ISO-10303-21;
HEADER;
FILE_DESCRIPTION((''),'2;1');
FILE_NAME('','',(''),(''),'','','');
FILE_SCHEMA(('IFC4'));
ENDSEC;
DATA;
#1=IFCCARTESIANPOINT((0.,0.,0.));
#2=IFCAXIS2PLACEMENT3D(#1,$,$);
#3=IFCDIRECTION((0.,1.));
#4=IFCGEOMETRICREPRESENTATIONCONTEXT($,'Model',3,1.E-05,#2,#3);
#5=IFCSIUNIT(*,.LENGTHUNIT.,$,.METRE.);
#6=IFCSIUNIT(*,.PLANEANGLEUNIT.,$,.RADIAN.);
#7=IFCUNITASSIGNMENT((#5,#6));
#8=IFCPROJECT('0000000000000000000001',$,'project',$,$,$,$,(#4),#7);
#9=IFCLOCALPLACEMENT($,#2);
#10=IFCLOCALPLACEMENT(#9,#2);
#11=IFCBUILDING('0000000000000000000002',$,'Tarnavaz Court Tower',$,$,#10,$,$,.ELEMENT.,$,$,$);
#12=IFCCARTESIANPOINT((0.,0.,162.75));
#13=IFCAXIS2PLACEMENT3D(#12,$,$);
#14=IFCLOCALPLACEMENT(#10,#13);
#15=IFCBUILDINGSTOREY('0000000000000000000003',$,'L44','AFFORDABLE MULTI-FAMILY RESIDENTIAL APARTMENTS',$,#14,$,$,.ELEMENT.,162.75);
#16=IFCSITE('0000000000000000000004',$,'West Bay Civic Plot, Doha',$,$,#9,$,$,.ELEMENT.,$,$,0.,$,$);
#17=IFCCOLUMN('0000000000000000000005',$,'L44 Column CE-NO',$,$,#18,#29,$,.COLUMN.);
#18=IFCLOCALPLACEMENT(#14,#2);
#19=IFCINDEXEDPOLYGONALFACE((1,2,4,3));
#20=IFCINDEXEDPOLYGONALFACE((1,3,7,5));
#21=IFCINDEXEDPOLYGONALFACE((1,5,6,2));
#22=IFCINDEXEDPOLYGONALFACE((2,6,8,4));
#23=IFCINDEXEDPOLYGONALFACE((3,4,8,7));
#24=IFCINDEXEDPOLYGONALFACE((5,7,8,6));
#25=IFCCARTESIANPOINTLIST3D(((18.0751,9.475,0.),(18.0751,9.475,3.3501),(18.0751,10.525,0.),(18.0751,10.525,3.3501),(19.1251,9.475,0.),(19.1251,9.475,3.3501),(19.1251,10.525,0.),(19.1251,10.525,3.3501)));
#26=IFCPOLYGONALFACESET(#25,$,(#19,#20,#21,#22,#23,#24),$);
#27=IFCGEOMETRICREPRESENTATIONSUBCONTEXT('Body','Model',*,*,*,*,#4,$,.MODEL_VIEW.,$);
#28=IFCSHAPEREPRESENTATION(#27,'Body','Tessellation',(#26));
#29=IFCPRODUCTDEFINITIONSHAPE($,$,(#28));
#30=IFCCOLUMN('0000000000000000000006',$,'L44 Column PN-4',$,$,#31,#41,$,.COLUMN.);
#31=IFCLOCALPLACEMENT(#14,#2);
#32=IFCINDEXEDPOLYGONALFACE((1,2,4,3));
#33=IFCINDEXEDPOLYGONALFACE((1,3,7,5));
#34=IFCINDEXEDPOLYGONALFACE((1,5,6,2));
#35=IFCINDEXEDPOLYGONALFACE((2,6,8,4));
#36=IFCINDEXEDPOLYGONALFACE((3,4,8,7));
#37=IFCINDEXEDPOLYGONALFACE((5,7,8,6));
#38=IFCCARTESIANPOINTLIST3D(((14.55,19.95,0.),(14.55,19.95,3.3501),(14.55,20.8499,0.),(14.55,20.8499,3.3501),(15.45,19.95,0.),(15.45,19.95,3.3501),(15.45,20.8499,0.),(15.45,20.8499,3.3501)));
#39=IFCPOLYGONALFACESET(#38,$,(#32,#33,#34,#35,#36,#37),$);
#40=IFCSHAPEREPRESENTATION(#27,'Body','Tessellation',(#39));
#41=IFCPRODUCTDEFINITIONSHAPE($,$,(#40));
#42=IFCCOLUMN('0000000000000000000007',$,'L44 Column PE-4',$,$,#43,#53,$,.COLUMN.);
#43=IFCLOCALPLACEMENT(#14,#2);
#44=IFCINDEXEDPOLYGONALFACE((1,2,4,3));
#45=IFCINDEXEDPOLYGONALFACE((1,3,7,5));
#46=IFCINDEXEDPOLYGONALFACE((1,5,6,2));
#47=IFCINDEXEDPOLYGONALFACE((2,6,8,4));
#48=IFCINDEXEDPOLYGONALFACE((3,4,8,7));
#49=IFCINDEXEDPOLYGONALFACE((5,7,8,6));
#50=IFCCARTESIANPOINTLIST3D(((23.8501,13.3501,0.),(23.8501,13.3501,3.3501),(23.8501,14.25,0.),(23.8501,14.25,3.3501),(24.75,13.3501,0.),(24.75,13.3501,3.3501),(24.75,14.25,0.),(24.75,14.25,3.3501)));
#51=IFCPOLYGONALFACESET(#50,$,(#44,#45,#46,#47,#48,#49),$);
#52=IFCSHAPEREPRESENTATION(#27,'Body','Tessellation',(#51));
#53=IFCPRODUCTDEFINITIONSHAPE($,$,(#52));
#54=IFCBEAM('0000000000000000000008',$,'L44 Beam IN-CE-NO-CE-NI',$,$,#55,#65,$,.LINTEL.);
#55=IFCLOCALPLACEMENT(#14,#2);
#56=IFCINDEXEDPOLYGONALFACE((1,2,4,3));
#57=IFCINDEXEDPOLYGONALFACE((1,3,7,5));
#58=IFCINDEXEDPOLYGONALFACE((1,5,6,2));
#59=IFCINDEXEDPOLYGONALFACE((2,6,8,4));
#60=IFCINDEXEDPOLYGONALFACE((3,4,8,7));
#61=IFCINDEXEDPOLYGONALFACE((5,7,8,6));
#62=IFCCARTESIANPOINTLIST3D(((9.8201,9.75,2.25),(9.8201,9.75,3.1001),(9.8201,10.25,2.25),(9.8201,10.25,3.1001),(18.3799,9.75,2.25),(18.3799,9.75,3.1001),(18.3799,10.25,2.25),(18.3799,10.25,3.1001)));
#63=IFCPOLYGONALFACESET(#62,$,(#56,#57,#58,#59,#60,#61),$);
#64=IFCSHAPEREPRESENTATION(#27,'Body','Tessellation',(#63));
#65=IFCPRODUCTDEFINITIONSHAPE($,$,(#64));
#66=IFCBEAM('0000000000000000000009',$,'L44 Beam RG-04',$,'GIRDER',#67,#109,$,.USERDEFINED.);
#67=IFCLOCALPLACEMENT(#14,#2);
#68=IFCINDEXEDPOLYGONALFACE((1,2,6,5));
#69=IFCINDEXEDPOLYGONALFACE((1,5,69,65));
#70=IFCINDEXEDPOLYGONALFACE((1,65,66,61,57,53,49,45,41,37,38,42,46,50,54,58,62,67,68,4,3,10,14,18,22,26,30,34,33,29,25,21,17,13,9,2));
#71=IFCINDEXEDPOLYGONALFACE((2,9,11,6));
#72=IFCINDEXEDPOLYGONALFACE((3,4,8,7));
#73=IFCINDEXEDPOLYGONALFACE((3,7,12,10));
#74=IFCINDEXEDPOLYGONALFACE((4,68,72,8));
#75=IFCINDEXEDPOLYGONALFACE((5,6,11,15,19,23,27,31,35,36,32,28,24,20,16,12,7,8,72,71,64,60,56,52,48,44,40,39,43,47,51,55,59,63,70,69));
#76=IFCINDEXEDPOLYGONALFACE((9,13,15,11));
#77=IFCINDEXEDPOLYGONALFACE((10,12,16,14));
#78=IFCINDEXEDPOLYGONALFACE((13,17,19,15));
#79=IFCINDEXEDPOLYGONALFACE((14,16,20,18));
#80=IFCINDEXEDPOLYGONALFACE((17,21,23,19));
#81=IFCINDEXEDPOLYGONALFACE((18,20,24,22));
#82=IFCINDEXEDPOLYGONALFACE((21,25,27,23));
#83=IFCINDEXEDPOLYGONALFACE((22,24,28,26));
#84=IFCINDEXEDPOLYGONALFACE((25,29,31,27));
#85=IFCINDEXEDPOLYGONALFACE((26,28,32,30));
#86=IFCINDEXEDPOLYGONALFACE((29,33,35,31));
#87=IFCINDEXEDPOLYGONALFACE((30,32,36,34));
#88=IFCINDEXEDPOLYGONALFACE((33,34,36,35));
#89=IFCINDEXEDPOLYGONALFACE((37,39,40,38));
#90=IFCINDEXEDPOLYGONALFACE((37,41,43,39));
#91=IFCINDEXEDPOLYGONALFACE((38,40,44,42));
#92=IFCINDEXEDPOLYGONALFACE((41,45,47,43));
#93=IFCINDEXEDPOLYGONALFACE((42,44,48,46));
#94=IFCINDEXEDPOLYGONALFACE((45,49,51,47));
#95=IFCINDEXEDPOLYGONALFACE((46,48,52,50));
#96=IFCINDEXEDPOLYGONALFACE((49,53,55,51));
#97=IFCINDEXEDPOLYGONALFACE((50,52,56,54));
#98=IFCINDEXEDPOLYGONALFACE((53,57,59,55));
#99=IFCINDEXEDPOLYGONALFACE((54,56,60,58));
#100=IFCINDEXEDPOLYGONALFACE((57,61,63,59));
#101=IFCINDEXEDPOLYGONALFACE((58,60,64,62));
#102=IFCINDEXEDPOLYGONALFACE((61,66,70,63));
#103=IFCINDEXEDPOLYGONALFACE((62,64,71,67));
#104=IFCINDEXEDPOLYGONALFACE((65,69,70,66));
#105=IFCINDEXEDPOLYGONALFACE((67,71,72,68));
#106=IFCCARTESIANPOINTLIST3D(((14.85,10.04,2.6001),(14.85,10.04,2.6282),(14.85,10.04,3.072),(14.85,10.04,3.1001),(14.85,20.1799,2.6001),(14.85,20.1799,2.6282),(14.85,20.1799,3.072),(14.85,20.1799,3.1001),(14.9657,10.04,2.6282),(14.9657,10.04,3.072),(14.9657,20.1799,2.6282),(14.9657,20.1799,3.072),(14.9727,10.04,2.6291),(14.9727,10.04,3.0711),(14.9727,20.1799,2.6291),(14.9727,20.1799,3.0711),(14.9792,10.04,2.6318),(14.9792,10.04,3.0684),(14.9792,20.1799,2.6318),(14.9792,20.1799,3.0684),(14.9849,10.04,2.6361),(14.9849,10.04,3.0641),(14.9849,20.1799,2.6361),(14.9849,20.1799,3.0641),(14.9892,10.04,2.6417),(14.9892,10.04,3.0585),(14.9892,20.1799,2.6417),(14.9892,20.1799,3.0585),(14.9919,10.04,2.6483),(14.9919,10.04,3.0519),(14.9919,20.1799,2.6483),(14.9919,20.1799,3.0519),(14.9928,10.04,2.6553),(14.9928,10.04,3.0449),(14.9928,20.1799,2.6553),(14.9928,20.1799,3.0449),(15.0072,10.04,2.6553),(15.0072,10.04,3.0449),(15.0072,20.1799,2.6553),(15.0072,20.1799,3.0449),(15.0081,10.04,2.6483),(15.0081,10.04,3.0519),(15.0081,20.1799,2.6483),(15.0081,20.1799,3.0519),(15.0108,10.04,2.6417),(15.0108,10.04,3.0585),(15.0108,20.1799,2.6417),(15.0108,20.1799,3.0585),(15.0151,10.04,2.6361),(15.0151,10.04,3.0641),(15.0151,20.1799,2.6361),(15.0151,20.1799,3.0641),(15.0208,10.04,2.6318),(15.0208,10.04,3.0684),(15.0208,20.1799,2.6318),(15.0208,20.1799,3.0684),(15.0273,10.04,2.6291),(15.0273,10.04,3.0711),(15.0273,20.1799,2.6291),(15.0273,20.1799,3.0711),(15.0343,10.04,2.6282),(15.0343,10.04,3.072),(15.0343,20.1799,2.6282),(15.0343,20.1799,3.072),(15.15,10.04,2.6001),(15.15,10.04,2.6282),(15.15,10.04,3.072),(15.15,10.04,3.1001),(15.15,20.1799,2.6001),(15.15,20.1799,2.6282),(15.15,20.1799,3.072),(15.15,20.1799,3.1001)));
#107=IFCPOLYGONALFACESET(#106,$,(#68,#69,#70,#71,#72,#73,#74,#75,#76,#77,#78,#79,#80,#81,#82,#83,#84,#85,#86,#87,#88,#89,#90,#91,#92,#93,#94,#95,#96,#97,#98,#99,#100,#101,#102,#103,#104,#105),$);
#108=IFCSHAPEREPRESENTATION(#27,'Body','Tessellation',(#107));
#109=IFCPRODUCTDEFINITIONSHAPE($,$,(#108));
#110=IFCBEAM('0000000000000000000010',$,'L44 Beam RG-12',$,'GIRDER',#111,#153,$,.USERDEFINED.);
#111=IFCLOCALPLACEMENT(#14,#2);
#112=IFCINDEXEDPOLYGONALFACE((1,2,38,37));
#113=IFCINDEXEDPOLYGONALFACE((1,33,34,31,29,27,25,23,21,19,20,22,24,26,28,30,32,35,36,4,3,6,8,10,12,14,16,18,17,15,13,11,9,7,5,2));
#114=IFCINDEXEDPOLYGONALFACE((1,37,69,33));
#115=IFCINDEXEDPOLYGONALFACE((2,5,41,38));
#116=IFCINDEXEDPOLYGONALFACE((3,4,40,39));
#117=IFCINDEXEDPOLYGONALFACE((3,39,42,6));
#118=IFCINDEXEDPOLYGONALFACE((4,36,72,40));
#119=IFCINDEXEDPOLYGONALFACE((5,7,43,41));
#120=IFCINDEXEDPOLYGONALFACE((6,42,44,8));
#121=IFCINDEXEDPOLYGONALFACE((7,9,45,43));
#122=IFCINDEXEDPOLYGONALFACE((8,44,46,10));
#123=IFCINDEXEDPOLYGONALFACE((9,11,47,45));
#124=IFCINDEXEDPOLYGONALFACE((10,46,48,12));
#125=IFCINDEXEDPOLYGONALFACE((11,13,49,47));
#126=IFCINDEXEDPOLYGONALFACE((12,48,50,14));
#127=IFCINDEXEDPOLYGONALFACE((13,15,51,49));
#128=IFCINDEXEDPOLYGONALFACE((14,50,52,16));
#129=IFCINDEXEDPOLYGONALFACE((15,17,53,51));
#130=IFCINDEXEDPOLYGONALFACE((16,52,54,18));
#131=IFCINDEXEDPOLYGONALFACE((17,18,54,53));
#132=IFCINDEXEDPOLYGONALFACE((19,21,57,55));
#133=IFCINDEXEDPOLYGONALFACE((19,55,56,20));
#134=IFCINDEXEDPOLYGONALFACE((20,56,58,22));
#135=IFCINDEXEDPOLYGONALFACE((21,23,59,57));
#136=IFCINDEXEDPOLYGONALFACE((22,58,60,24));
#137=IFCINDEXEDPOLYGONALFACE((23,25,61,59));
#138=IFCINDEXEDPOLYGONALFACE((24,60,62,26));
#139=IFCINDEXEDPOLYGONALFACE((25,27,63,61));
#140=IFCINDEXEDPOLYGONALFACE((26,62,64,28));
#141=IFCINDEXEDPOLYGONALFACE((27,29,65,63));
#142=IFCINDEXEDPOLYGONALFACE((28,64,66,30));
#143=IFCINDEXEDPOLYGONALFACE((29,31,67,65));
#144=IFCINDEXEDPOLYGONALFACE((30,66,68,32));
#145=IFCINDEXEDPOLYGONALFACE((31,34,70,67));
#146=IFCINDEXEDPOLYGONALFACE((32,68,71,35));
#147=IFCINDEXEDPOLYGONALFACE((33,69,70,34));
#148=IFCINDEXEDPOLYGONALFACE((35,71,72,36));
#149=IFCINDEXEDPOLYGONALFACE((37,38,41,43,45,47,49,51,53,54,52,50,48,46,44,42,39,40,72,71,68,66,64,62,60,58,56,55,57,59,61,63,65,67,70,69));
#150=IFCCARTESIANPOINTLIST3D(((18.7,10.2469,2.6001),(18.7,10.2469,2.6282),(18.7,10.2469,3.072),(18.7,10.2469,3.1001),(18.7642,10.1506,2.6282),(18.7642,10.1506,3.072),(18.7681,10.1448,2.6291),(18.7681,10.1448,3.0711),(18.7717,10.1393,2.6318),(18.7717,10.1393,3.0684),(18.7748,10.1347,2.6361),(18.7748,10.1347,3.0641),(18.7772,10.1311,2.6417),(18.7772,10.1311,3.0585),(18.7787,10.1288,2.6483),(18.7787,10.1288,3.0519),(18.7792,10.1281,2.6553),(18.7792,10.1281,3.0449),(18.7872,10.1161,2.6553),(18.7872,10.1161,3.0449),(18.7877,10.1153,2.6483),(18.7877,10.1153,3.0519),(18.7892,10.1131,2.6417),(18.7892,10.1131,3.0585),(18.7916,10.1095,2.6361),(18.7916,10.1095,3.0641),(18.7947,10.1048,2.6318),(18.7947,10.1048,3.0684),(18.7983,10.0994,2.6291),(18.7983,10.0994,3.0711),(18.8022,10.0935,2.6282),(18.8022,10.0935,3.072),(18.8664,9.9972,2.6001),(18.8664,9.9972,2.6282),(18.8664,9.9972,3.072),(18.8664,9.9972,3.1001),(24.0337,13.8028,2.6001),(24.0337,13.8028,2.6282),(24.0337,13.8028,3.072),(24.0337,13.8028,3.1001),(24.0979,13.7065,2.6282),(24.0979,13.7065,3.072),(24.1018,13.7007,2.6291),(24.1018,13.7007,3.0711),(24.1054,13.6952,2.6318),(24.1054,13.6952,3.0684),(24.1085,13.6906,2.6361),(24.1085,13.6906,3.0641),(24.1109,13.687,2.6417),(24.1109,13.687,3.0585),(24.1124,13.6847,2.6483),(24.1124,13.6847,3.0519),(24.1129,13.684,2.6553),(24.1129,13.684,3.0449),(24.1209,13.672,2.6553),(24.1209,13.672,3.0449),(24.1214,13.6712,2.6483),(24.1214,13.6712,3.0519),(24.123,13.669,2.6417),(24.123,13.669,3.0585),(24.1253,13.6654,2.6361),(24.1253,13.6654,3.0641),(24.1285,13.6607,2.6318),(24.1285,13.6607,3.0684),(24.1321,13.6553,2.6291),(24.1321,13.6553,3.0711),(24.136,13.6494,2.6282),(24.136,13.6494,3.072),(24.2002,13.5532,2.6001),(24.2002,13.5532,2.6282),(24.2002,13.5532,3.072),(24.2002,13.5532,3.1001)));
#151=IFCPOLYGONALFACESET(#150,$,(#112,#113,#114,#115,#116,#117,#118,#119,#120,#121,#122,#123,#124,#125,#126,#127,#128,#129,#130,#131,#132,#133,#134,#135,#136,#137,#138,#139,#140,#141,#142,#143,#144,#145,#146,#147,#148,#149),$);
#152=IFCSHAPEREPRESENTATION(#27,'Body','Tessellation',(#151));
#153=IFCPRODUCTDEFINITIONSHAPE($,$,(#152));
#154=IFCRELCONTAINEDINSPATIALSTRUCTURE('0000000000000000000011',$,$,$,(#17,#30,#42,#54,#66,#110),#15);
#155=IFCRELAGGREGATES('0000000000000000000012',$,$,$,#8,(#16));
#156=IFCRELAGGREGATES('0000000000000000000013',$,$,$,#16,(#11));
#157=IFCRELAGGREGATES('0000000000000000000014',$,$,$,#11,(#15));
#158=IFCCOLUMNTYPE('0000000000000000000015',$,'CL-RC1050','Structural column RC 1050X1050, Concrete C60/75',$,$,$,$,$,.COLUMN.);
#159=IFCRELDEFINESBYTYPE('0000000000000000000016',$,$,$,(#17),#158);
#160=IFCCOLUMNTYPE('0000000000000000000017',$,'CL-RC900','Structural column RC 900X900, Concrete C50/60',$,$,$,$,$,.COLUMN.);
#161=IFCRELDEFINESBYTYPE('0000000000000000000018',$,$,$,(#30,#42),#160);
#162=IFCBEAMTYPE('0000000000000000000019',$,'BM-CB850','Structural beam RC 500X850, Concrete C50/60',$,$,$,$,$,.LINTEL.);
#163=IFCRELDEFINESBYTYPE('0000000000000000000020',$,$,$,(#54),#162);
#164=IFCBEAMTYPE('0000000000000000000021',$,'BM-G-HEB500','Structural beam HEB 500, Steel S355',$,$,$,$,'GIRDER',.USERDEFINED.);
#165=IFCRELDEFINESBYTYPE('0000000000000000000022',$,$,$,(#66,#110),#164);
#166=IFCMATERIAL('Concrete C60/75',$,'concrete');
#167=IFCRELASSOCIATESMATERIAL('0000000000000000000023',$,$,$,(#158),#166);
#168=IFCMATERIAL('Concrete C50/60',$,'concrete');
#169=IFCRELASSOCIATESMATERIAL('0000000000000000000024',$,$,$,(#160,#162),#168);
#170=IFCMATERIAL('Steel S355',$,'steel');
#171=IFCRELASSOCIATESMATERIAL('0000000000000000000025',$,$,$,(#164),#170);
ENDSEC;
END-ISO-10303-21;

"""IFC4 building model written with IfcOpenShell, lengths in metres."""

from ifc_helpers import new_model, si_unit, direction, frame, origin, origin_2d, place, context, subcontext, project, spatial, rectangle, i_section, extrude, material, material_profile, profile_set, type_object, element, save


model = new_model("IFC4")

# Units and contexts
model_context = context("Model", 3, precision=1e-05, world=origin(), true_north=direction((0.0, 1.0)))
body_context = subcontext(model_context, "Body", "Model", "MODEL_VIEW")
ifc_project = project(units=[si_unit("LENGTHUNIT", "METRE"), si_unit("PLANEANGLEUNIT", "RADIAN")], contexts=[model_context])

# Site, building, storey
site_placement = place(None, origin())
site = spatial("IfcSite", under=ifc_project, at=site_placement, Name="West Bay Civic Plot, Doha", CompositionType="ELEMENT", RefElevation=0.0)
building_placement = place(site_placement, origin())
building = spatial("IfcBuilding", under=site, at=building_placement, Name="Tarnavaz Court Tower", CompositionType="ELEMENT")
storey_placement = place(building_placement, frame((0.0, 0.0, 162.75)))
storey = spatial("IfcBuildingStorey", under=building, at=storey_placement, Name="L44", Description="AFFORDABLE MULTI-FAMILY RESIDENTIAL APARTMENTS", CompositionType="ELEMENT", Elevation=162.75)

# Columns
ifc_material_1 = material(Name="Concrete C60/75", Category="concrete")
ifc_material_profile_1 = material_profile(ifc_material_1, rectangle(XDim=1.05, YDim=1.05, at=origin_2d()), Name="RC 1050X1050")
ifc_profile_set_1 = profile_set([ifc_material_profile_1], Name="Concrete C60/75")
column_type_1 = type_object("IfcColumnType", Name="CL-RC1050", Description="Structural column RC 1050X1050, Concrete C60/75", PredefinedType="COLUMN", material=ifc_profile_set_1)
column_placement = place(storey_placement, frame((18.6001, 10.0, 0.0), z_axis=(0.0, 0.0, 1.0), x_axis=(1.0, 0.0, 0.0)))
element("IfcColumn", 1, at=column_placement, inside=storey, type_object=column_type_1, Name="L44 Column CE-NO", PredefinedType="COLUMN", context=body_context, shape_type="SweptSolid", body=[
    extrude(rectangle(XDim=1.05, YDim=1.05, at=origin_2d()), origin(), (0.0, 0.0, 1.0), 3.3501),
])
ifc_material_2 = material(Name="Concrete C50/60", Category="concrete")
ifc_material_profile_2 = material_profile(ifc_material_2, rectangle(XDim=0.8999, YDim=0.8999, at=origin_2d()), Name="RC 900X900")
ifc_profile_set_2 = profile_set([ifc_material_profile_2], Name="Concrete C50/60")
column_type_2 = type_object("IfcColumnType", Name="CL-RC900", Description="Structural column RC 900X900, Concrete C50/60", PredefinedType="COLUMN", material=ifc_profile_set_2)
for number, where, z_axis, x_axis, name in (
    (2, (15.0, 20.3999, 0.0), (0.0, 0.0, 1.0), (1.0, 0.0, 0.0), "L44 Column PN-4"),
    (3, (24.3, 13.8, 0.0), (0.0, 0.0, 1.0), (1.0, 0.0, 0.0), "L44 Column PE-4"),
):
    element("IfcColumn", number, at=place(storey_placement, frame(where, z_axis=z_axis, x_axis=x_axis)), inside=storey, type_object=column_type_2, Name=name, PredefinedType="COLUMN", context=body_context, shape_type="SweptSolid", body=[
        extrude(rectangle(XDim=0.8999, YDim=0.8999, at=origin_2d()), origin(), (0.0, 0.0, 1.0), 3.3501),
    ])

# Beams
ifc_material_profile_3 = material_profile(ifc_material_2, rectangle(XDim=0.5, YDim=0.8501, at=origin_2d()), Name="RC 500X850")
ifc_profile_set_3 = profile_set([ifc_material_profile_3], Name="Concrete C50/60")
beam_type_1 = type_object("IfcBeamType", Name="BM-CB850", Description="Structural beam RC 500X850, Concrete C50/60", PredefinedType="LINTEL", material=ifc_profile_set_3)
beam_1_placement = place(storey_placement, frame((18.3799, 10.0, 2.675), z_axis=(-1.0, 0.0, 0.0), x_axis=(0.0, -1.0, 0.0)))
element("IfcBeam", 4, at=beam_1_placement, inside=storey, type_object=beam_type_1, Name="L44 Beam IN-CE-NO-CE-NI", PredefinedType="LINTEL", context=body_context, shape_type="SweptSolid", body=[
    extrude(rectangle(XDim=0.5, YDim=0.8501, at=origin_2d()), origin(), (0.0, 0.0, 1.0), 8.5598),
])
ifc_material_3 = material(Name="Steel S355", Category="steel")
ifc_material_profile_4 = material_profile(ifc_material_3, i_section(OverallWidth=0.3, OverallDepth=0.5, WebThickness=0.0144, FlangeThickness=0.0281, FilletRadius=0.0271, at=origin_2d()), Name="HEB 500")
ifc_profile_set_4 = profile_set([ifc_material_profile_4], Name="Steel S355")
beam_type_2 = type_object("IfcBeamType", Name="BM-G-HEB500", Description="Structural beam HEB 500, Steel S355", ElementType="GIRDER", PredefinedType="USERDEFINED", material=ifc_profile_set_4)
beam_2_placement = place(storey_placement, frame((15.0, 10.04, 2.8501), z_axis=(0.0, 1.0, 0.0), x_axis=(-1.0, 0.0, 0.0)))
element("IfcBeam", 5, at=beam_2_placement, inside=storey, type_object=beam_type_2, Name="L44 Beam RG-04", ObjectType="GIRDER", PredefinedType="USERDEFINED", context=body_context, shape_type="SweptSolid", body=[
    extrude(i_section(OverallWidth=0.3, OverallDepth=0.5, WebThickness=0.0144, FlangeThickness=0.0281, FilletRadius=0.0271, at=origin_2d()), origin(), (0.0, 0.0, 1.0), 10.1399),
])
beam_3_placement = place(storey_placement, frame((18.7832, 10.1221, 2.8501), z_axis=(0.832044, 0.554709, 0.0), x_axis=(-0.554709, 0.832044, 0.0)))
element("IfcBeam", 6, at=beam_3_placement, inside=storey, type_object=beam_type_2, Name="L44 Beam RG-12", ObjectType="GIRDER", PredefinedType="USERDEFINED", context=body_context, shape_type="SweptSolid", body=[
    extrude(i_section(OverallWidth=0.3, OverallDepth=0.5, WebThickness=0.0144, FlangeThickness=0.0281, FilletRadius=0.0271, at=origin_2d()), origin(), (0.0, 0.0, 1.0), 6.4104),
])

save(model, "model.ifc")
